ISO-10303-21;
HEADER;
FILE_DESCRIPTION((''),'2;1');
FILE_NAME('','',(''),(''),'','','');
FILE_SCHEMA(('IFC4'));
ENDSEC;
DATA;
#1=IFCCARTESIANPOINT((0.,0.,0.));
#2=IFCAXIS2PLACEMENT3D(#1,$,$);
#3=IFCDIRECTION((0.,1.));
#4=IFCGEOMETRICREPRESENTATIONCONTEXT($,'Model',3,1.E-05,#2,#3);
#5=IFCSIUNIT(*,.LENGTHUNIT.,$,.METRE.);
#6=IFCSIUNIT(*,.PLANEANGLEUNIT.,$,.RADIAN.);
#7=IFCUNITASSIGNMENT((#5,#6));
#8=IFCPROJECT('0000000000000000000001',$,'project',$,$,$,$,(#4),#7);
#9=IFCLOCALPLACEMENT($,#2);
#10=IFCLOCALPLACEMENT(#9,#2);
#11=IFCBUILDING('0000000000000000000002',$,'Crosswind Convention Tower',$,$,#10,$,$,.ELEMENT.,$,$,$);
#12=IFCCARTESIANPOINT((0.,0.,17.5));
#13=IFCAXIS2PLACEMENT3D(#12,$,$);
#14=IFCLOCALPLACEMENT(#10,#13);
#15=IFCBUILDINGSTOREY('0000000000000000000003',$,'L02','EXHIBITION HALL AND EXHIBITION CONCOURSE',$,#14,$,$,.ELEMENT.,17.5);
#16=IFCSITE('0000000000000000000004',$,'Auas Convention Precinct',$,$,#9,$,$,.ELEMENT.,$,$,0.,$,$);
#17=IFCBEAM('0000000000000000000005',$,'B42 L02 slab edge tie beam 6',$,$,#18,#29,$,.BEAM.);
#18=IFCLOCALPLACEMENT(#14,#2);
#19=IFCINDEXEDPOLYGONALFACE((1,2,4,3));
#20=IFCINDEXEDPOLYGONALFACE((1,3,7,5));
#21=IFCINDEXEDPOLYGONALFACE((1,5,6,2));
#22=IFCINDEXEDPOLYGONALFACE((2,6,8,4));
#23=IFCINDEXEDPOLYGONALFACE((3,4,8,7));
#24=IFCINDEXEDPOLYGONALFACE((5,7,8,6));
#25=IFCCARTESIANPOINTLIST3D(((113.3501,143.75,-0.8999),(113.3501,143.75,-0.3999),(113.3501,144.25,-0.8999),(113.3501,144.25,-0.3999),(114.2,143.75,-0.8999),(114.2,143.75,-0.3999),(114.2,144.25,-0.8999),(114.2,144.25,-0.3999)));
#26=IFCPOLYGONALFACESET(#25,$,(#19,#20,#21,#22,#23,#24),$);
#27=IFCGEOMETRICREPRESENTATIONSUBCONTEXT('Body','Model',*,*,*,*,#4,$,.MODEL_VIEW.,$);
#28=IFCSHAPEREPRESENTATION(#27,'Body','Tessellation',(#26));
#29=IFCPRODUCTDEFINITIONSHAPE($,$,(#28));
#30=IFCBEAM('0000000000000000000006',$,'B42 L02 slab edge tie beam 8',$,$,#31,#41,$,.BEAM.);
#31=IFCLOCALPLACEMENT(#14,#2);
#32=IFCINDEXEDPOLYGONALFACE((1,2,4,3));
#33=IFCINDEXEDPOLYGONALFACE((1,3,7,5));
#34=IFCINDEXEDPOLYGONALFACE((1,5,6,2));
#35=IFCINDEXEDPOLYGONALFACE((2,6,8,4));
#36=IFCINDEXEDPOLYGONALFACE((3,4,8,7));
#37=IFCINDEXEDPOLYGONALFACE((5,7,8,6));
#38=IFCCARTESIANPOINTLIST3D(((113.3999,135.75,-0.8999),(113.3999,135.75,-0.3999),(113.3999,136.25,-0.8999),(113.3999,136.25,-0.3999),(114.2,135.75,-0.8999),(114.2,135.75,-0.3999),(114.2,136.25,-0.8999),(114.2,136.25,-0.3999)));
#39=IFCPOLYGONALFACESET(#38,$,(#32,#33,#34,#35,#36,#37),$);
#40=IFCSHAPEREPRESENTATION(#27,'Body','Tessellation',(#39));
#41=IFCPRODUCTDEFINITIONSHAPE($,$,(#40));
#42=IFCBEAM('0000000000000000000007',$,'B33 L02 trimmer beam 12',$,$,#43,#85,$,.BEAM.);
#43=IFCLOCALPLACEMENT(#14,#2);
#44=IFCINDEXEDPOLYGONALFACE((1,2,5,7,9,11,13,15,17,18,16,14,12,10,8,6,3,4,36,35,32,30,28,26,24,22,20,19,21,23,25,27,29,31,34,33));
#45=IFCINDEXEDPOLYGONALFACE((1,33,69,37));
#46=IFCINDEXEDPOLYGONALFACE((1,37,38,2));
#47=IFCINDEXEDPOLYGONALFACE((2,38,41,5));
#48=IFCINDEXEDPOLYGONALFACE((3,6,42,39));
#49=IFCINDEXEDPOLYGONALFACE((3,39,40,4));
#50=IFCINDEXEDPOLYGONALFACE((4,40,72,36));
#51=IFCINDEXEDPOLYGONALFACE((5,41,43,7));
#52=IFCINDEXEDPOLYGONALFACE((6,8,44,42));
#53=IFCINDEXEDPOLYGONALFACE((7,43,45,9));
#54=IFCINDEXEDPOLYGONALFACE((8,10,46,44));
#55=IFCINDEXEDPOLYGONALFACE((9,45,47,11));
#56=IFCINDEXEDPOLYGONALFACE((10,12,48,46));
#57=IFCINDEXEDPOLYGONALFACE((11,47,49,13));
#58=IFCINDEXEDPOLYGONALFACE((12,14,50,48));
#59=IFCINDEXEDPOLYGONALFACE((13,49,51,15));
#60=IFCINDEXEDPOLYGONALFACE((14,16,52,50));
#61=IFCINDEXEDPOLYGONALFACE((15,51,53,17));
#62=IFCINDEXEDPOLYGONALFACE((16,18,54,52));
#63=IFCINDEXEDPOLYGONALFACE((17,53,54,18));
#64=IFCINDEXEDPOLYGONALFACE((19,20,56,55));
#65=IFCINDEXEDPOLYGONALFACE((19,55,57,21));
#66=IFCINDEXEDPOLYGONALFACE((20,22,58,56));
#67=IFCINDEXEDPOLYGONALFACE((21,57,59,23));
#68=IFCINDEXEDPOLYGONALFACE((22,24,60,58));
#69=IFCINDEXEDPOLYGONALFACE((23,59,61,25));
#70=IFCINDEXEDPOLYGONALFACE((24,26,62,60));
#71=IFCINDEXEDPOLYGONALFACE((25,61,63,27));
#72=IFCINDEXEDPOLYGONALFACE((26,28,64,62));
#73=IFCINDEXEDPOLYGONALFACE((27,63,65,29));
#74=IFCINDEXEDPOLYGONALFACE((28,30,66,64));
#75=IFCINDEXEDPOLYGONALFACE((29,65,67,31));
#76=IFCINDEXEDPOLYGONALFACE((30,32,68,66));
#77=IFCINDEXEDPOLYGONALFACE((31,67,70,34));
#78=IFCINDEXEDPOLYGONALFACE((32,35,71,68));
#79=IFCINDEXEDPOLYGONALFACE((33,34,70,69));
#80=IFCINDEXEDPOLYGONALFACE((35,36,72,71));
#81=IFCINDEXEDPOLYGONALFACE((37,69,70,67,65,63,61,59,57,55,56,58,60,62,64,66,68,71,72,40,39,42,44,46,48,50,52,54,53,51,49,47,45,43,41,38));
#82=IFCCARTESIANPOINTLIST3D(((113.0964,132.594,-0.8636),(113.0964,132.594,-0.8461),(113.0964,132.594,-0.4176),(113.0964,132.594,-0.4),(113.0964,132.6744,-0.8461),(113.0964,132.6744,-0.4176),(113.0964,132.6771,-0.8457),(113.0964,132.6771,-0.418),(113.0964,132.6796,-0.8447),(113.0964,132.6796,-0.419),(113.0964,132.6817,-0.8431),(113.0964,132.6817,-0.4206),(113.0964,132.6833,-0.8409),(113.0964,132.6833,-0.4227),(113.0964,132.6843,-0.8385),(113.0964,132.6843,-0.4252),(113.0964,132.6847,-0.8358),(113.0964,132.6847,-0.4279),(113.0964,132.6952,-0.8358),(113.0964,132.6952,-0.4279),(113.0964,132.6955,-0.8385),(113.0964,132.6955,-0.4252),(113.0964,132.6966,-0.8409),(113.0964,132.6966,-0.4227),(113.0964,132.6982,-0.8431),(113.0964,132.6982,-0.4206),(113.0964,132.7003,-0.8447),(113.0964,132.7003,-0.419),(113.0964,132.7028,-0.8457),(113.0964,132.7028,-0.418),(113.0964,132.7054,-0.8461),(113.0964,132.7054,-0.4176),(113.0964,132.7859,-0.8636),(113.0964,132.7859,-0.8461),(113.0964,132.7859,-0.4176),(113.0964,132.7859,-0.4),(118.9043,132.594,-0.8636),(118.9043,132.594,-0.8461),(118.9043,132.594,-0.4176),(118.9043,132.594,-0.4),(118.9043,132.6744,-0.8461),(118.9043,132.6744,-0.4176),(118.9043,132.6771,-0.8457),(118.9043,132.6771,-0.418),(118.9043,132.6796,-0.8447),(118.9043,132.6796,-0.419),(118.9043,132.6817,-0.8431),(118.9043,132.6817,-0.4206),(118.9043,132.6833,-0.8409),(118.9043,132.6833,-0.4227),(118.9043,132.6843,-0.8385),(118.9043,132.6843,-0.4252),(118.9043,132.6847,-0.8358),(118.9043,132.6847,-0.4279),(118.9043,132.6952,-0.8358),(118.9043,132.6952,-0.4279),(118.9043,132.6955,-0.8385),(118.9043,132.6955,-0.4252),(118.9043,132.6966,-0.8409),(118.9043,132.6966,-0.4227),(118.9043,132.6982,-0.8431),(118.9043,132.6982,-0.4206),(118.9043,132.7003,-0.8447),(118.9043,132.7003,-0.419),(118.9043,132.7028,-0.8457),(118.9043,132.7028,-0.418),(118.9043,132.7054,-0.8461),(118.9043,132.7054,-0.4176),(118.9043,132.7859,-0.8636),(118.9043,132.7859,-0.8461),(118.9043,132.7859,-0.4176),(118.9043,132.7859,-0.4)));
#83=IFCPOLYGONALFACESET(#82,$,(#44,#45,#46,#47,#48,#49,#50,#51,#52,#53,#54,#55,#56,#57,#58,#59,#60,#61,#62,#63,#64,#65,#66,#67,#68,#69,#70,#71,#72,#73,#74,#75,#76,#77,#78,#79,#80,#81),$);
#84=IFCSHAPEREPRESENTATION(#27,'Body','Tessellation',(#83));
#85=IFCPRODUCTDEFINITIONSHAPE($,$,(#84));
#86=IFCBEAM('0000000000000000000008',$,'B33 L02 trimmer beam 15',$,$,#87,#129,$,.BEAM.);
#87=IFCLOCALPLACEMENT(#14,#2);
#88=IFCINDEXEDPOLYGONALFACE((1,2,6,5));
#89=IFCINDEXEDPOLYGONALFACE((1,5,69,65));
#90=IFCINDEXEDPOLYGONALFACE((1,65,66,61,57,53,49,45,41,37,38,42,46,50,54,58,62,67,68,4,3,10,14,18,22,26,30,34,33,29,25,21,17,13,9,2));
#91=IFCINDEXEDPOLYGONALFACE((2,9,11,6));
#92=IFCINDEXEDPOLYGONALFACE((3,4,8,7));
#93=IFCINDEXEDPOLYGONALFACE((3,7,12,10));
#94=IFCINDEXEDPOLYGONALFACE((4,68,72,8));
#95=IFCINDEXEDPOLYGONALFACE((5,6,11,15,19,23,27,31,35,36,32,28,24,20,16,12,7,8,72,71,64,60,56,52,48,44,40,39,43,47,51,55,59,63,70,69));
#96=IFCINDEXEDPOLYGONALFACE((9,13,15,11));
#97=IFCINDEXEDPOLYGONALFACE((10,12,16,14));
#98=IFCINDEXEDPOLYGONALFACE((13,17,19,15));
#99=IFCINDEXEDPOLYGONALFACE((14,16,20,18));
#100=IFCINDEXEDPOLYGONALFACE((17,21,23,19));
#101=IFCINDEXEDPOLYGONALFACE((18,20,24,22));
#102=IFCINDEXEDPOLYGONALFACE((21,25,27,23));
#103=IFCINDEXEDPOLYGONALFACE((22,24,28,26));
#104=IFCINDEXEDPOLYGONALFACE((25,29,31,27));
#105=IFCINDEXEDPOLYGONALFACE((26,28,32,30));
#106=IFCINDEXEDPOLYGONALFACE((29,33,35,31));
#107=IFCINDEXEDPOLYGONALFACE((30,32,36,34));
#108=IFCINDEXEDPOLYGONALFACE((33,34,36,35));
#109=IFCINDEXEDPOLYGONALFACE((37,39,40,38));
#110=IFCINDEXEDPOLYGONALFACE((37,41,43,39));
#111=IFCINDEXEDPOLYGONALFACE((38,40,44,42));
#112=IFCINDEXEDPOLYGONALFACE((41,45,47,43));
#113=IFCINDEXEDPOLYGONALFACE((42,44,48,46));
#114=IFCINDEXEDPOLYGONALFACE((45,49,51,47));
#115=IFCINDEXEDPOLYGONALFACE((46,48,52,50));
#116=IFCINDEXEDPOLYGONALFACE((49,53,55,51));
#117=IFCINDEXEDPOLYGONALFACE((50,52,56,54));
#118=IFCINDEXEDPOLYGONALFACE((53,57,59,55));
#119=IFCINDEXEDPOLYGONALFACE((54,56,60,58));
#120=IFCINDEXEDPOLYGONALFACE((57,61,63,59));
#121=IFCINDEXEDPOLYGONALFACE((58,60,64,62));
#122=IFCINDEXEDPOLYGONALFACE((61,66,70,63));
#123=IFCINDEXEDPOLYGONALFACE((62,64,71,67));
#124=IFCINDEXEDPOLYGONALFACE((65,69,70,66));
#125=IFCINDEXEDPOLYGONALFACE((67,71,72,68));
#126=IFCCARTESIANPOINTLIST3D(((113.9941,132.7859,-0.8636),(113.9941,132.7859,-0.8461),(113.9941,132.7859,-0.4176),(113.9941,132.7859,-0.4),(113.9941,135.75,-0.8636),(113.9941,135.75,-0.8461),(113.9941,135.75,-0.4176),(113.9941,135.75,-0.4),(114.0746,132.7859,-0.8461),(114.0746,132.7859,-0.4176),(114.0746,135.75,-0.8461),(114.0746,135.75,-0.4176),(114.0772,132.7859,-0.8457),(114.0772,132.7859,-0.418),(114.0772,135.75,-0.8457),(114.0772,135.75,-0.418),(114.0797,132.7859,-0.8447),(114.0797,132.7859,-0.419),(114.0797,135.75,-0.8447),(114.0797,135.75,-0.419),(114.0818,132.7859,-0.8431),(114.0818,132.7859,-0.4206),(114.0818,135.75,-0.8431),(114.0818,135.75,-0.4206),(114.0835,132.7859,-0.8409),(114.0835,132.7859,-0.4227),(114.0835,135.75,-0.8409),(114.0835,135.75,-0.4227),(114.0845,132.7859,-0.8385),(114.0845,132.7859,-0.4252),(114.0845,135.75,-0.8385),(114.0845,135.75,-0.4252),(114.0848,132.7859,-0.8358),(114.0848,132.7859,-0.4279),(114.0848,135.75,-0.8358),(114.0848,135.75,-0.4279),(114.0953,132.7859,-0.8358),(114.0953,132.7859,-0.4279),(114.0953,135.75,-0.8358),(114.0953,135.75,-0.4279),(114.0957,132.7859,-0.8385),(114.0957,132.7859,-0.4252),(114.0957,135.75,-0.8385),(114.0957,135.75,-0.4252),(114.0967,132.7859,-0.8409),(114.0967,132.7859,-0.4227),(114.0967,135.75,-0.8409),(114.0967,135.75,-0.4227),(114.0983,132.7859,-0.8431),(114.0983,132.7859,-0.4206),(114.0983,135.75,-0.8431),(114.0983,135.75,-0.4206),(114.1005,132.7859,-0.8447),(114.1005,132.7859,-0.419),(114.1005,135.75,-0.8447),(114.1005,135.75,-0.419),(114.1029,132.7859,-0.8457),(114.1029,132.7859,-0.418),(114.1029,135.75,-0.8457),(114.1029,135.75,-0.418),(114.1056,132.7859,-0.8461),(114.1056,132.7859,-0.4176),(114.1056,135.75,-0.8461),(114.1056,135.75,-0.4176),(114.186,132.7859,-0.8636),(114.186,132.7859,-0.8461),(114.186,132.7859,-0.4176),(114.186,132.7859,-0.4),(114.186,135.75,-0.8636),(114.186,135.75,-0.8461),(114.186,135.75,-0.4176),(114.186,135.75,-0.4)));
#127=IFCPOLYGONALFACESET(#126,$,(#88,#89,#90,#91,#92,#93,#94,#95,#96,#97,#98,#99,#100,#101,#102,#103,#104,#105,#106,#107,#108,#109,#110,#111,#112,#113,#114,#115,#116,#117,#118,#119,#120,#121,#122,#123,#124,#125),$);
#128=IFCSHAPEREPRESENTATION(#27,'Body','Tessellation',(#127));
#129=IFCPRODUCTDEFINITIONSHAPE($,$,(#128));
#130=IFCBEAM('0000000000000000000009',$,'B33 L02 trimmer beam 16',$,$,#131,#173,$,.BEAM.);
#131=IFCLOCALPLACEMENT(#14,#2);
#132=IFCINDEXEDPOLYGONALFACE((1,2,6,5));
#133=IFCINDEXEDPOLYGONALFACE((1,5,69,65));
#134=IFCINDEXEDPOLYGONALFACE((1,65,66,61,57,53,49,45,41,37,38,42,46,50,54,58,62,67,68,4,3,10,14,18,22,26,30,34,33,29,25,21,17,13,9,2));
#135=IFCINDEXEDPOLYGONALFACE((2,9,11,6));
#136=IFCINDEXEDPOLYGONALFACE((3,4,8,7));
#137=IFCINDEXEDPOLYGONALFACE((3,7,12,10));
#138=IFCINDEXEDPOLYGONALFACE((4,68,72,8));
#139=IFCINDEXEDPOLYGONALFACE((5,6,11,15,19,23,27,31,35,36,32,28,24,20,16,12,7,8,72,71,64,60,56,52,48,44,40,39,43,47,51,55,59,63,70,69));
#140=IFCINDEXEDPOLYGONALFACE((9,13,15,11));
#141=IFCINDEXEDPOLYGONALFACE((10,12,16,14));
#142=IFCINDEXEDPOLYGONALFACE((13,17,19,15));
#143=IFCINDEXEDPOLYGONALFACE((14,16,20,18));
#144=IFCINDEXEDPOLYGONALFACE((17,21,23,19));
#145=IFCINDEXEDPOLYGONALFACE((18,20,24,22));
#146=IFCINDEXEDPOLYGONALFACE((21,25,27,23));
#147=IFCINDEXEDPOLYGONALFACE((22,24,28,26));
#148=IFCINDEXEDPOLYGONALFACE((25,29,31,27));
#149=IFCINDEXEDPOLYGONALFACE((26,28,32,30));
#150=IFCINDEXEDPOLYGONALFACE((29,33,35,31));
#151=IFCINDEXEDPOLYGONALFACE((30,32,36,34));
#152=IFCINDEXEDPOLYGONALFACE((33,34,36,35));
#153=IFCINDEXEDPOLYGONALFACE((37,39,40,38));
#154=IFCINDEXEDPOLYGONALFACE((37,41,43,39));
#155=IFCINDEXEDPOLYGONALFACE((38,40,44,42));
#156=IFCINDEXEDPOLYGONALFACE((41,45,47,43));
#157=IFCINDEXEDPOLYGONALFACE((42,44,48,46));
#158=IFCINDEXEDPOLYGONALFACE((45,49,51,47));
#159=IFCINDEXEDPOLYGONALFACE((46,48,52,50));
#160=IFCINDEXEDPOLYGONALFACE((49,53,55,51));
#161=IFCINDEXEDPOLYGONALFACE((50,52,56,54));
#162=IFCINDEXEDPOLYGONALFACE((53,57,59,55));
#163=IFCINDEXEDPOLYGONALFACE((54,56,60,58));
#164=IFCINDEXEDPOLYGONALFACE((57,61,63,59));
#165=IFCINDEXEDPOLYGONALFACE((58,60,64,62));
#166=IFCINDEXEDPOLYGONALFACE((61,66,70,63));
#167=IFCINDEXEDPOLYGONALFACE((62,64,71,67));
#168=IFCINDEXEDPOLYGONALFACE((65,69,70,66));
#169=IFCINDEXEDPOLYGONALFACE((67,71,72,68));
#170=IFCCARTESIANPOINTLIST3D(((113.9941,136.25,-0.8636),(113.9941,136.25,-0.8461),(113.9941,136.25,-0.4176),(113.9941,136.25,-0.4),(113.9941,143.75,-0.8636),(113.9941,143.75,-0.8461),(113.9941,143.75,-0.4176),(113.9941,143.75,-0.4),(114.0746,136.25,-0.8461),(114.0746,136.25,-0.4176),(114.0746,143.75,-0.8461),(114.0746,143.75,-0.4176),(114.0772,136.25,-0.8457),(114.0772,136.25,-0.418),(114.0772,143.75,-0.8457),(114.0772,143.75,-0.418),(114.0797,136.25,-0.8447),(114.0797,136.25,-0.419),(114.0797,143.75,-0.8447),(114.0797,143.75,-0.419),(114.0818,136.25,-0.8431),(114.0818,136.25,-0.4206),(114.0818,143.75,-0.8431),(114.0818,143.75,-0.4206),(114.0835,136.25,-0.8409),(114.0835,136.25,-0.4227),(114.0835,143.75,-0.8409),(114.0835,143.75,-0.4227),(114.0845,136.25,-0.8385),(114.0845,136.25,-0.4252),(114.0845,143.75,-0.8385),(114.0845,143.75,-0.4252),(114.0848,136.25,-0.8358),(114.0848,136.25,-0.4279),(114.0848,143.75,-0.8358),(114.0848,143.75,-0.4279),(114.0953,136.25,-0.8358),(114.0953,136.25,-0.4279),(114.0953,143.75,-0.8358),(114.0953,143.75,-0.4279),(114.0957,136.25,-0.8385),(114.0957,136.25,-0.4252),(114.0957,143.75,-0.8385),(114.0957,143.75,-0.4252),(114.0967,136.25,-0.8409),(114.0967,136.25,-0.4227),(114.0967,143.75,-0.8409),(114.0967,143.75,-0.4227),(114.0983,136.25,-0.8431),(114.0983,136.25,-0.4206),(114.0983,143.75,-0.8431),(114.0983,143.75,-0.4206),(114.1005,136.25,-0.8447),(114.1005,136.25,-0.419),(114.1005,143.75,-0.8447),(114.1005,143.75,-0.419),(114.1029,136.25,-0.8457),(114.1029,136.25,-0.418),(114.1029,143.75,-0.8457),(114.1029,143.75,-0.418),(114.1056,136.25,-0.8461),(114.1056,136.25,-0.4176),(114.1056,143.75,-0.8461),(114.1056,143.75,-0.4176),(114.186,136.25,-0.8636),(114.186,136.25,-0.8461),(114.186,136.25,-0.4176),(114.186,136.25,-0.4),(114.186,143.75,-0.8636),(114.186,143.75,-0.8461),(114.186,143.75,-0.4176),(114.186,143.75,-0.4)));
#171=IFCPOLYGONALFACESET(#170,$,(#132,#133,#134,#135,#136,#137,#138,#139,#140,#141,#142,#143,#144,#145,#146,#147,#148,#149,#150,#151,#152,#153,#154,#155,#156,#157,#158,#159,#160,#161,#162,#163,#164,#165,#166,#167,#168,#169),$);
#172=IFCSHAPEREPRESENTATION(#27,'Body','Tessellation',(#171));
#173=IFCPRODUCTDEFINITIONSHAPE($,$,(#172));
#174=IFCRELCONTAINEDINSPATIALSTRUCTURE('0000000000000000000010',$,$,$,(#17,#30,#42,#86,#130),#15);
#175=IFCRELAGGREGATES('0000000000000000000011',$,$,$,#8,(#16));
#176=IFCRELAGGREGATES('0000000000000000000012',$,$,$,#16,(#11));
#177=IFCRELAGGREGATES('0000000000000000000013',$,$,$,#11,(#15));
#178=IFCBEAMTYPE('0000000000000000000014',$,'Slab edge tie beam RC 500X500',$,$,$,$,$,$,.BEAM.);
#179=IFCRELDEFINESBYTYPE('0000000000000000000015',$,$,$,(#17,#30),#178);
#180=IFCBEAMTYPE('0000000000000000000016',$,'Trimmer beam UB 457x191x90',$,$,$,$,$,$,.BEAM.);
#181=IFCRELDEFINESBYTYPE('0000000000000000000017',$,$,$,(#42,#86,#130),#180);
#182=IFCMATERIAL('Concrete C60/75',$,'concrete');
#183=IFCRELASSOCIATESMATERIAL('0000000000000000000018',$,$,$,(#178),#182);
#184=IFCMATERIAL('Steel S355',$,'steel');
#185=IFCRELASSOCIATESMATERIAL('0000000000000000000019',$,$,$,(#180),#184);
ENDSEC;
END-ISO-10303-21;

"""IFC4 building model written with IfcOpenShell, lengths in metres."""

from ifc_helpers import new_model, si_unit, direction, frame, origin, origin_2d, place, context, subcontext, project, spatial, rectangle, i_section, extrude, material, material_profile, profile_set, type_object, element, save


model = new_model("IFC4")

# Units and contexts
model_context = context("Model", 3, precision=1e-05, world=origin(), true_north=direction((0.0, 1.0)))
body_context = subcontext(model_context, "Body", "Model", "MODEL_VIEW")
ifc_project = project(units=[si_unit("LENGTHUNIT", "METRE"), si_unit("PLANEANGLEUNIT", "RADIAN")], contexts=[model_context])

# Site, building, storey
site_placement = place(None, origin())
site = spatial("IfcSite", under=ifc_project, at=site_placement, Name="Auas Convention Precinct", CompositionType="ELEMENT", RefElevation=0.0)
building_placement = place(site_placement, origin())
building = spatial("IfcBuilding", under=site, at=building_placement, Name="Crosswind Convention Tower", CompositionType="ELEMENT")
storey_placement = place(building_placement, frame((0.0, 0.0, 17.5)))
storey = spatial("IfcBuildingStorey", under=building, at=storey_placement, Name="L02", Description="EXHIBITION HALL AND EXHIBITION CONCOURSE", CompositionType="ELEMENT", Elevation=17.5)

# Shared definitions
ifc_material_1 = material(Name="Concrete C60/75", Category="concrete")

# Shared definitions
ifc_material_2 = material(Name="Steel S355", Category="steel")

# Beams
ifc_material_profile_1 = material_profile(ifc_material_1, rectangle(XDim=0.5, YDim=0.5, at=origin_2d()), Name="RC 500X500")
ifc_profile_set_1 = profile_set([ifc_material_profile_1], Name="Concrete C60/75")
beam_type_1 = type_object("IfcBeamType", Name="Slab edge tie beam RC 500X500", PredefinedType="BEAM", material=ifc_profile_set_1)
beam_1_placement = place(storey_placement, frame((113.3501, 144.0, -0.6499), z_axis=(1.0, 0.0, 0.0), x_axis=(0.0, 1.0, 0.0)))
element("IfcBeam", 1, at=beam_1_placement, inside=storey, type_object=beam_type_1, Name="B42 L02 slab edge tie beam 6", PredefinedType="BEAM", context=body_context, shape_type="SweptSolid", body=[
    extrude(rectangle(XDim=0.5, YDim=0.5, at=origin_2d()), origin(), (0.0, 0.0, 1.0), 0.8499),
])
beam_2_placement = place(storey_placement, frame((113.3999, 136.0, -0.6499), z_axis=(1.0, 0.0, 0.0), x_axis=(0.0, 1.0, 0.0)))
element("IfcBeam", 2, at=beam_2_placement, inside=storey, type_object=beam_type_1, Name="B42 L02 slab edge tie beam 8", PredefinedType="BEAM", context=body_context, shape_type="SweptSolid", body=[
    extrude(rectangle(XDim=0.5, YDim=0.5, at=origin_2d()), origin(), (0.0, 0.0, 1.0), 0.8),
])
ifc_material_profile_2 = material_profile(ifc_material_2, i_section(OverallWidth=0.1919, OverallDepth=0.4636, WebThickness=0.0105, FlangeThickness=0.0176, FilletRadius=0.0103, at=origin_2d()), Name="UB 457x191x90")
ifc_profile_set_2 = profile_set([ifc_material_profile_2], Name="Steel S355")
beam_type_2 = type_object("IfcBeamType", Name="Trimmer beam UB 457x191x90", PredefinedType="BEAM", material=ifc_profile_set_2)
beam_3_placement = place(storey_placement, frame((113.0964, 132.6899, -0.6318), z_axis=(1.0, 0.0, 0.0), x_axis=(0.0, 1.0, 0.0)))
element("IfcBeam", 3, at=beam_3_placement, inside=storey, type_object=beam_type_2, Name="B33 L02 trimmer beam 12", PredefinedType="BEAM", context=body_context, shape_type="SweptSolid", body=[
    extrude(i_section(OverallWidth=0.1919, OverallDepth=0.4636, WebThickness=0.0105, FlangeThickness=0.0176, FilletRadius=0.0103, at=origin_2d()), origin(), (0.0, 0.0, 1.0), 5.8079),
])
beam_4_placement = place(storey_placement, frame((114.0901, 132.7859, -0.6318), z_axis=(0.0, 1.0, 0.0), x_axis=(-1.0, 0.0, 0.0)))
element("IfcBeam", 4, at=beam_4_placement, inside=storey, type_object=beam_type_2, Name="B33 L02 trimmer beam 15", PredefinedType="BEAM", context=body_context, shape_type="SweptSolid", body=[
    extrude(i_section(OverallWidth=0.1919, OverallDepth=0.4636, WebThickness=0.0105, FlangeThickness=0.0176, FilletRadius=0.0103, at=origin_2d()), origin(), (0.0, 0.0, 1.0), 2.9641),
])
beam_5_placement = place(storey_placement, frame((114.0901, 136.25, -0.6318), z_axis=(0.0, 1.0, 0.0), x_axis=(-1.0, 0.0, 0.0)))
element("IfcBeam", 5, at=beam_5_placement, inside=storey, type_object=beam_type_2, Name="B33 L02 trimmer beam 16", PredefinedType="BEAM", context=body_context, shape_type="SweptSolid", body=[
    extrude(i_section(OverallWidth=0.1919, OverallDepth=0.4636, WebThickness=0.0105, FlangeThickness=0.0176, FilletRadius=0.0103, at=origin_2d()), origin(), (0.0, 0.0, 1.0), 7.5),
])

save(model, "model.ifc")
